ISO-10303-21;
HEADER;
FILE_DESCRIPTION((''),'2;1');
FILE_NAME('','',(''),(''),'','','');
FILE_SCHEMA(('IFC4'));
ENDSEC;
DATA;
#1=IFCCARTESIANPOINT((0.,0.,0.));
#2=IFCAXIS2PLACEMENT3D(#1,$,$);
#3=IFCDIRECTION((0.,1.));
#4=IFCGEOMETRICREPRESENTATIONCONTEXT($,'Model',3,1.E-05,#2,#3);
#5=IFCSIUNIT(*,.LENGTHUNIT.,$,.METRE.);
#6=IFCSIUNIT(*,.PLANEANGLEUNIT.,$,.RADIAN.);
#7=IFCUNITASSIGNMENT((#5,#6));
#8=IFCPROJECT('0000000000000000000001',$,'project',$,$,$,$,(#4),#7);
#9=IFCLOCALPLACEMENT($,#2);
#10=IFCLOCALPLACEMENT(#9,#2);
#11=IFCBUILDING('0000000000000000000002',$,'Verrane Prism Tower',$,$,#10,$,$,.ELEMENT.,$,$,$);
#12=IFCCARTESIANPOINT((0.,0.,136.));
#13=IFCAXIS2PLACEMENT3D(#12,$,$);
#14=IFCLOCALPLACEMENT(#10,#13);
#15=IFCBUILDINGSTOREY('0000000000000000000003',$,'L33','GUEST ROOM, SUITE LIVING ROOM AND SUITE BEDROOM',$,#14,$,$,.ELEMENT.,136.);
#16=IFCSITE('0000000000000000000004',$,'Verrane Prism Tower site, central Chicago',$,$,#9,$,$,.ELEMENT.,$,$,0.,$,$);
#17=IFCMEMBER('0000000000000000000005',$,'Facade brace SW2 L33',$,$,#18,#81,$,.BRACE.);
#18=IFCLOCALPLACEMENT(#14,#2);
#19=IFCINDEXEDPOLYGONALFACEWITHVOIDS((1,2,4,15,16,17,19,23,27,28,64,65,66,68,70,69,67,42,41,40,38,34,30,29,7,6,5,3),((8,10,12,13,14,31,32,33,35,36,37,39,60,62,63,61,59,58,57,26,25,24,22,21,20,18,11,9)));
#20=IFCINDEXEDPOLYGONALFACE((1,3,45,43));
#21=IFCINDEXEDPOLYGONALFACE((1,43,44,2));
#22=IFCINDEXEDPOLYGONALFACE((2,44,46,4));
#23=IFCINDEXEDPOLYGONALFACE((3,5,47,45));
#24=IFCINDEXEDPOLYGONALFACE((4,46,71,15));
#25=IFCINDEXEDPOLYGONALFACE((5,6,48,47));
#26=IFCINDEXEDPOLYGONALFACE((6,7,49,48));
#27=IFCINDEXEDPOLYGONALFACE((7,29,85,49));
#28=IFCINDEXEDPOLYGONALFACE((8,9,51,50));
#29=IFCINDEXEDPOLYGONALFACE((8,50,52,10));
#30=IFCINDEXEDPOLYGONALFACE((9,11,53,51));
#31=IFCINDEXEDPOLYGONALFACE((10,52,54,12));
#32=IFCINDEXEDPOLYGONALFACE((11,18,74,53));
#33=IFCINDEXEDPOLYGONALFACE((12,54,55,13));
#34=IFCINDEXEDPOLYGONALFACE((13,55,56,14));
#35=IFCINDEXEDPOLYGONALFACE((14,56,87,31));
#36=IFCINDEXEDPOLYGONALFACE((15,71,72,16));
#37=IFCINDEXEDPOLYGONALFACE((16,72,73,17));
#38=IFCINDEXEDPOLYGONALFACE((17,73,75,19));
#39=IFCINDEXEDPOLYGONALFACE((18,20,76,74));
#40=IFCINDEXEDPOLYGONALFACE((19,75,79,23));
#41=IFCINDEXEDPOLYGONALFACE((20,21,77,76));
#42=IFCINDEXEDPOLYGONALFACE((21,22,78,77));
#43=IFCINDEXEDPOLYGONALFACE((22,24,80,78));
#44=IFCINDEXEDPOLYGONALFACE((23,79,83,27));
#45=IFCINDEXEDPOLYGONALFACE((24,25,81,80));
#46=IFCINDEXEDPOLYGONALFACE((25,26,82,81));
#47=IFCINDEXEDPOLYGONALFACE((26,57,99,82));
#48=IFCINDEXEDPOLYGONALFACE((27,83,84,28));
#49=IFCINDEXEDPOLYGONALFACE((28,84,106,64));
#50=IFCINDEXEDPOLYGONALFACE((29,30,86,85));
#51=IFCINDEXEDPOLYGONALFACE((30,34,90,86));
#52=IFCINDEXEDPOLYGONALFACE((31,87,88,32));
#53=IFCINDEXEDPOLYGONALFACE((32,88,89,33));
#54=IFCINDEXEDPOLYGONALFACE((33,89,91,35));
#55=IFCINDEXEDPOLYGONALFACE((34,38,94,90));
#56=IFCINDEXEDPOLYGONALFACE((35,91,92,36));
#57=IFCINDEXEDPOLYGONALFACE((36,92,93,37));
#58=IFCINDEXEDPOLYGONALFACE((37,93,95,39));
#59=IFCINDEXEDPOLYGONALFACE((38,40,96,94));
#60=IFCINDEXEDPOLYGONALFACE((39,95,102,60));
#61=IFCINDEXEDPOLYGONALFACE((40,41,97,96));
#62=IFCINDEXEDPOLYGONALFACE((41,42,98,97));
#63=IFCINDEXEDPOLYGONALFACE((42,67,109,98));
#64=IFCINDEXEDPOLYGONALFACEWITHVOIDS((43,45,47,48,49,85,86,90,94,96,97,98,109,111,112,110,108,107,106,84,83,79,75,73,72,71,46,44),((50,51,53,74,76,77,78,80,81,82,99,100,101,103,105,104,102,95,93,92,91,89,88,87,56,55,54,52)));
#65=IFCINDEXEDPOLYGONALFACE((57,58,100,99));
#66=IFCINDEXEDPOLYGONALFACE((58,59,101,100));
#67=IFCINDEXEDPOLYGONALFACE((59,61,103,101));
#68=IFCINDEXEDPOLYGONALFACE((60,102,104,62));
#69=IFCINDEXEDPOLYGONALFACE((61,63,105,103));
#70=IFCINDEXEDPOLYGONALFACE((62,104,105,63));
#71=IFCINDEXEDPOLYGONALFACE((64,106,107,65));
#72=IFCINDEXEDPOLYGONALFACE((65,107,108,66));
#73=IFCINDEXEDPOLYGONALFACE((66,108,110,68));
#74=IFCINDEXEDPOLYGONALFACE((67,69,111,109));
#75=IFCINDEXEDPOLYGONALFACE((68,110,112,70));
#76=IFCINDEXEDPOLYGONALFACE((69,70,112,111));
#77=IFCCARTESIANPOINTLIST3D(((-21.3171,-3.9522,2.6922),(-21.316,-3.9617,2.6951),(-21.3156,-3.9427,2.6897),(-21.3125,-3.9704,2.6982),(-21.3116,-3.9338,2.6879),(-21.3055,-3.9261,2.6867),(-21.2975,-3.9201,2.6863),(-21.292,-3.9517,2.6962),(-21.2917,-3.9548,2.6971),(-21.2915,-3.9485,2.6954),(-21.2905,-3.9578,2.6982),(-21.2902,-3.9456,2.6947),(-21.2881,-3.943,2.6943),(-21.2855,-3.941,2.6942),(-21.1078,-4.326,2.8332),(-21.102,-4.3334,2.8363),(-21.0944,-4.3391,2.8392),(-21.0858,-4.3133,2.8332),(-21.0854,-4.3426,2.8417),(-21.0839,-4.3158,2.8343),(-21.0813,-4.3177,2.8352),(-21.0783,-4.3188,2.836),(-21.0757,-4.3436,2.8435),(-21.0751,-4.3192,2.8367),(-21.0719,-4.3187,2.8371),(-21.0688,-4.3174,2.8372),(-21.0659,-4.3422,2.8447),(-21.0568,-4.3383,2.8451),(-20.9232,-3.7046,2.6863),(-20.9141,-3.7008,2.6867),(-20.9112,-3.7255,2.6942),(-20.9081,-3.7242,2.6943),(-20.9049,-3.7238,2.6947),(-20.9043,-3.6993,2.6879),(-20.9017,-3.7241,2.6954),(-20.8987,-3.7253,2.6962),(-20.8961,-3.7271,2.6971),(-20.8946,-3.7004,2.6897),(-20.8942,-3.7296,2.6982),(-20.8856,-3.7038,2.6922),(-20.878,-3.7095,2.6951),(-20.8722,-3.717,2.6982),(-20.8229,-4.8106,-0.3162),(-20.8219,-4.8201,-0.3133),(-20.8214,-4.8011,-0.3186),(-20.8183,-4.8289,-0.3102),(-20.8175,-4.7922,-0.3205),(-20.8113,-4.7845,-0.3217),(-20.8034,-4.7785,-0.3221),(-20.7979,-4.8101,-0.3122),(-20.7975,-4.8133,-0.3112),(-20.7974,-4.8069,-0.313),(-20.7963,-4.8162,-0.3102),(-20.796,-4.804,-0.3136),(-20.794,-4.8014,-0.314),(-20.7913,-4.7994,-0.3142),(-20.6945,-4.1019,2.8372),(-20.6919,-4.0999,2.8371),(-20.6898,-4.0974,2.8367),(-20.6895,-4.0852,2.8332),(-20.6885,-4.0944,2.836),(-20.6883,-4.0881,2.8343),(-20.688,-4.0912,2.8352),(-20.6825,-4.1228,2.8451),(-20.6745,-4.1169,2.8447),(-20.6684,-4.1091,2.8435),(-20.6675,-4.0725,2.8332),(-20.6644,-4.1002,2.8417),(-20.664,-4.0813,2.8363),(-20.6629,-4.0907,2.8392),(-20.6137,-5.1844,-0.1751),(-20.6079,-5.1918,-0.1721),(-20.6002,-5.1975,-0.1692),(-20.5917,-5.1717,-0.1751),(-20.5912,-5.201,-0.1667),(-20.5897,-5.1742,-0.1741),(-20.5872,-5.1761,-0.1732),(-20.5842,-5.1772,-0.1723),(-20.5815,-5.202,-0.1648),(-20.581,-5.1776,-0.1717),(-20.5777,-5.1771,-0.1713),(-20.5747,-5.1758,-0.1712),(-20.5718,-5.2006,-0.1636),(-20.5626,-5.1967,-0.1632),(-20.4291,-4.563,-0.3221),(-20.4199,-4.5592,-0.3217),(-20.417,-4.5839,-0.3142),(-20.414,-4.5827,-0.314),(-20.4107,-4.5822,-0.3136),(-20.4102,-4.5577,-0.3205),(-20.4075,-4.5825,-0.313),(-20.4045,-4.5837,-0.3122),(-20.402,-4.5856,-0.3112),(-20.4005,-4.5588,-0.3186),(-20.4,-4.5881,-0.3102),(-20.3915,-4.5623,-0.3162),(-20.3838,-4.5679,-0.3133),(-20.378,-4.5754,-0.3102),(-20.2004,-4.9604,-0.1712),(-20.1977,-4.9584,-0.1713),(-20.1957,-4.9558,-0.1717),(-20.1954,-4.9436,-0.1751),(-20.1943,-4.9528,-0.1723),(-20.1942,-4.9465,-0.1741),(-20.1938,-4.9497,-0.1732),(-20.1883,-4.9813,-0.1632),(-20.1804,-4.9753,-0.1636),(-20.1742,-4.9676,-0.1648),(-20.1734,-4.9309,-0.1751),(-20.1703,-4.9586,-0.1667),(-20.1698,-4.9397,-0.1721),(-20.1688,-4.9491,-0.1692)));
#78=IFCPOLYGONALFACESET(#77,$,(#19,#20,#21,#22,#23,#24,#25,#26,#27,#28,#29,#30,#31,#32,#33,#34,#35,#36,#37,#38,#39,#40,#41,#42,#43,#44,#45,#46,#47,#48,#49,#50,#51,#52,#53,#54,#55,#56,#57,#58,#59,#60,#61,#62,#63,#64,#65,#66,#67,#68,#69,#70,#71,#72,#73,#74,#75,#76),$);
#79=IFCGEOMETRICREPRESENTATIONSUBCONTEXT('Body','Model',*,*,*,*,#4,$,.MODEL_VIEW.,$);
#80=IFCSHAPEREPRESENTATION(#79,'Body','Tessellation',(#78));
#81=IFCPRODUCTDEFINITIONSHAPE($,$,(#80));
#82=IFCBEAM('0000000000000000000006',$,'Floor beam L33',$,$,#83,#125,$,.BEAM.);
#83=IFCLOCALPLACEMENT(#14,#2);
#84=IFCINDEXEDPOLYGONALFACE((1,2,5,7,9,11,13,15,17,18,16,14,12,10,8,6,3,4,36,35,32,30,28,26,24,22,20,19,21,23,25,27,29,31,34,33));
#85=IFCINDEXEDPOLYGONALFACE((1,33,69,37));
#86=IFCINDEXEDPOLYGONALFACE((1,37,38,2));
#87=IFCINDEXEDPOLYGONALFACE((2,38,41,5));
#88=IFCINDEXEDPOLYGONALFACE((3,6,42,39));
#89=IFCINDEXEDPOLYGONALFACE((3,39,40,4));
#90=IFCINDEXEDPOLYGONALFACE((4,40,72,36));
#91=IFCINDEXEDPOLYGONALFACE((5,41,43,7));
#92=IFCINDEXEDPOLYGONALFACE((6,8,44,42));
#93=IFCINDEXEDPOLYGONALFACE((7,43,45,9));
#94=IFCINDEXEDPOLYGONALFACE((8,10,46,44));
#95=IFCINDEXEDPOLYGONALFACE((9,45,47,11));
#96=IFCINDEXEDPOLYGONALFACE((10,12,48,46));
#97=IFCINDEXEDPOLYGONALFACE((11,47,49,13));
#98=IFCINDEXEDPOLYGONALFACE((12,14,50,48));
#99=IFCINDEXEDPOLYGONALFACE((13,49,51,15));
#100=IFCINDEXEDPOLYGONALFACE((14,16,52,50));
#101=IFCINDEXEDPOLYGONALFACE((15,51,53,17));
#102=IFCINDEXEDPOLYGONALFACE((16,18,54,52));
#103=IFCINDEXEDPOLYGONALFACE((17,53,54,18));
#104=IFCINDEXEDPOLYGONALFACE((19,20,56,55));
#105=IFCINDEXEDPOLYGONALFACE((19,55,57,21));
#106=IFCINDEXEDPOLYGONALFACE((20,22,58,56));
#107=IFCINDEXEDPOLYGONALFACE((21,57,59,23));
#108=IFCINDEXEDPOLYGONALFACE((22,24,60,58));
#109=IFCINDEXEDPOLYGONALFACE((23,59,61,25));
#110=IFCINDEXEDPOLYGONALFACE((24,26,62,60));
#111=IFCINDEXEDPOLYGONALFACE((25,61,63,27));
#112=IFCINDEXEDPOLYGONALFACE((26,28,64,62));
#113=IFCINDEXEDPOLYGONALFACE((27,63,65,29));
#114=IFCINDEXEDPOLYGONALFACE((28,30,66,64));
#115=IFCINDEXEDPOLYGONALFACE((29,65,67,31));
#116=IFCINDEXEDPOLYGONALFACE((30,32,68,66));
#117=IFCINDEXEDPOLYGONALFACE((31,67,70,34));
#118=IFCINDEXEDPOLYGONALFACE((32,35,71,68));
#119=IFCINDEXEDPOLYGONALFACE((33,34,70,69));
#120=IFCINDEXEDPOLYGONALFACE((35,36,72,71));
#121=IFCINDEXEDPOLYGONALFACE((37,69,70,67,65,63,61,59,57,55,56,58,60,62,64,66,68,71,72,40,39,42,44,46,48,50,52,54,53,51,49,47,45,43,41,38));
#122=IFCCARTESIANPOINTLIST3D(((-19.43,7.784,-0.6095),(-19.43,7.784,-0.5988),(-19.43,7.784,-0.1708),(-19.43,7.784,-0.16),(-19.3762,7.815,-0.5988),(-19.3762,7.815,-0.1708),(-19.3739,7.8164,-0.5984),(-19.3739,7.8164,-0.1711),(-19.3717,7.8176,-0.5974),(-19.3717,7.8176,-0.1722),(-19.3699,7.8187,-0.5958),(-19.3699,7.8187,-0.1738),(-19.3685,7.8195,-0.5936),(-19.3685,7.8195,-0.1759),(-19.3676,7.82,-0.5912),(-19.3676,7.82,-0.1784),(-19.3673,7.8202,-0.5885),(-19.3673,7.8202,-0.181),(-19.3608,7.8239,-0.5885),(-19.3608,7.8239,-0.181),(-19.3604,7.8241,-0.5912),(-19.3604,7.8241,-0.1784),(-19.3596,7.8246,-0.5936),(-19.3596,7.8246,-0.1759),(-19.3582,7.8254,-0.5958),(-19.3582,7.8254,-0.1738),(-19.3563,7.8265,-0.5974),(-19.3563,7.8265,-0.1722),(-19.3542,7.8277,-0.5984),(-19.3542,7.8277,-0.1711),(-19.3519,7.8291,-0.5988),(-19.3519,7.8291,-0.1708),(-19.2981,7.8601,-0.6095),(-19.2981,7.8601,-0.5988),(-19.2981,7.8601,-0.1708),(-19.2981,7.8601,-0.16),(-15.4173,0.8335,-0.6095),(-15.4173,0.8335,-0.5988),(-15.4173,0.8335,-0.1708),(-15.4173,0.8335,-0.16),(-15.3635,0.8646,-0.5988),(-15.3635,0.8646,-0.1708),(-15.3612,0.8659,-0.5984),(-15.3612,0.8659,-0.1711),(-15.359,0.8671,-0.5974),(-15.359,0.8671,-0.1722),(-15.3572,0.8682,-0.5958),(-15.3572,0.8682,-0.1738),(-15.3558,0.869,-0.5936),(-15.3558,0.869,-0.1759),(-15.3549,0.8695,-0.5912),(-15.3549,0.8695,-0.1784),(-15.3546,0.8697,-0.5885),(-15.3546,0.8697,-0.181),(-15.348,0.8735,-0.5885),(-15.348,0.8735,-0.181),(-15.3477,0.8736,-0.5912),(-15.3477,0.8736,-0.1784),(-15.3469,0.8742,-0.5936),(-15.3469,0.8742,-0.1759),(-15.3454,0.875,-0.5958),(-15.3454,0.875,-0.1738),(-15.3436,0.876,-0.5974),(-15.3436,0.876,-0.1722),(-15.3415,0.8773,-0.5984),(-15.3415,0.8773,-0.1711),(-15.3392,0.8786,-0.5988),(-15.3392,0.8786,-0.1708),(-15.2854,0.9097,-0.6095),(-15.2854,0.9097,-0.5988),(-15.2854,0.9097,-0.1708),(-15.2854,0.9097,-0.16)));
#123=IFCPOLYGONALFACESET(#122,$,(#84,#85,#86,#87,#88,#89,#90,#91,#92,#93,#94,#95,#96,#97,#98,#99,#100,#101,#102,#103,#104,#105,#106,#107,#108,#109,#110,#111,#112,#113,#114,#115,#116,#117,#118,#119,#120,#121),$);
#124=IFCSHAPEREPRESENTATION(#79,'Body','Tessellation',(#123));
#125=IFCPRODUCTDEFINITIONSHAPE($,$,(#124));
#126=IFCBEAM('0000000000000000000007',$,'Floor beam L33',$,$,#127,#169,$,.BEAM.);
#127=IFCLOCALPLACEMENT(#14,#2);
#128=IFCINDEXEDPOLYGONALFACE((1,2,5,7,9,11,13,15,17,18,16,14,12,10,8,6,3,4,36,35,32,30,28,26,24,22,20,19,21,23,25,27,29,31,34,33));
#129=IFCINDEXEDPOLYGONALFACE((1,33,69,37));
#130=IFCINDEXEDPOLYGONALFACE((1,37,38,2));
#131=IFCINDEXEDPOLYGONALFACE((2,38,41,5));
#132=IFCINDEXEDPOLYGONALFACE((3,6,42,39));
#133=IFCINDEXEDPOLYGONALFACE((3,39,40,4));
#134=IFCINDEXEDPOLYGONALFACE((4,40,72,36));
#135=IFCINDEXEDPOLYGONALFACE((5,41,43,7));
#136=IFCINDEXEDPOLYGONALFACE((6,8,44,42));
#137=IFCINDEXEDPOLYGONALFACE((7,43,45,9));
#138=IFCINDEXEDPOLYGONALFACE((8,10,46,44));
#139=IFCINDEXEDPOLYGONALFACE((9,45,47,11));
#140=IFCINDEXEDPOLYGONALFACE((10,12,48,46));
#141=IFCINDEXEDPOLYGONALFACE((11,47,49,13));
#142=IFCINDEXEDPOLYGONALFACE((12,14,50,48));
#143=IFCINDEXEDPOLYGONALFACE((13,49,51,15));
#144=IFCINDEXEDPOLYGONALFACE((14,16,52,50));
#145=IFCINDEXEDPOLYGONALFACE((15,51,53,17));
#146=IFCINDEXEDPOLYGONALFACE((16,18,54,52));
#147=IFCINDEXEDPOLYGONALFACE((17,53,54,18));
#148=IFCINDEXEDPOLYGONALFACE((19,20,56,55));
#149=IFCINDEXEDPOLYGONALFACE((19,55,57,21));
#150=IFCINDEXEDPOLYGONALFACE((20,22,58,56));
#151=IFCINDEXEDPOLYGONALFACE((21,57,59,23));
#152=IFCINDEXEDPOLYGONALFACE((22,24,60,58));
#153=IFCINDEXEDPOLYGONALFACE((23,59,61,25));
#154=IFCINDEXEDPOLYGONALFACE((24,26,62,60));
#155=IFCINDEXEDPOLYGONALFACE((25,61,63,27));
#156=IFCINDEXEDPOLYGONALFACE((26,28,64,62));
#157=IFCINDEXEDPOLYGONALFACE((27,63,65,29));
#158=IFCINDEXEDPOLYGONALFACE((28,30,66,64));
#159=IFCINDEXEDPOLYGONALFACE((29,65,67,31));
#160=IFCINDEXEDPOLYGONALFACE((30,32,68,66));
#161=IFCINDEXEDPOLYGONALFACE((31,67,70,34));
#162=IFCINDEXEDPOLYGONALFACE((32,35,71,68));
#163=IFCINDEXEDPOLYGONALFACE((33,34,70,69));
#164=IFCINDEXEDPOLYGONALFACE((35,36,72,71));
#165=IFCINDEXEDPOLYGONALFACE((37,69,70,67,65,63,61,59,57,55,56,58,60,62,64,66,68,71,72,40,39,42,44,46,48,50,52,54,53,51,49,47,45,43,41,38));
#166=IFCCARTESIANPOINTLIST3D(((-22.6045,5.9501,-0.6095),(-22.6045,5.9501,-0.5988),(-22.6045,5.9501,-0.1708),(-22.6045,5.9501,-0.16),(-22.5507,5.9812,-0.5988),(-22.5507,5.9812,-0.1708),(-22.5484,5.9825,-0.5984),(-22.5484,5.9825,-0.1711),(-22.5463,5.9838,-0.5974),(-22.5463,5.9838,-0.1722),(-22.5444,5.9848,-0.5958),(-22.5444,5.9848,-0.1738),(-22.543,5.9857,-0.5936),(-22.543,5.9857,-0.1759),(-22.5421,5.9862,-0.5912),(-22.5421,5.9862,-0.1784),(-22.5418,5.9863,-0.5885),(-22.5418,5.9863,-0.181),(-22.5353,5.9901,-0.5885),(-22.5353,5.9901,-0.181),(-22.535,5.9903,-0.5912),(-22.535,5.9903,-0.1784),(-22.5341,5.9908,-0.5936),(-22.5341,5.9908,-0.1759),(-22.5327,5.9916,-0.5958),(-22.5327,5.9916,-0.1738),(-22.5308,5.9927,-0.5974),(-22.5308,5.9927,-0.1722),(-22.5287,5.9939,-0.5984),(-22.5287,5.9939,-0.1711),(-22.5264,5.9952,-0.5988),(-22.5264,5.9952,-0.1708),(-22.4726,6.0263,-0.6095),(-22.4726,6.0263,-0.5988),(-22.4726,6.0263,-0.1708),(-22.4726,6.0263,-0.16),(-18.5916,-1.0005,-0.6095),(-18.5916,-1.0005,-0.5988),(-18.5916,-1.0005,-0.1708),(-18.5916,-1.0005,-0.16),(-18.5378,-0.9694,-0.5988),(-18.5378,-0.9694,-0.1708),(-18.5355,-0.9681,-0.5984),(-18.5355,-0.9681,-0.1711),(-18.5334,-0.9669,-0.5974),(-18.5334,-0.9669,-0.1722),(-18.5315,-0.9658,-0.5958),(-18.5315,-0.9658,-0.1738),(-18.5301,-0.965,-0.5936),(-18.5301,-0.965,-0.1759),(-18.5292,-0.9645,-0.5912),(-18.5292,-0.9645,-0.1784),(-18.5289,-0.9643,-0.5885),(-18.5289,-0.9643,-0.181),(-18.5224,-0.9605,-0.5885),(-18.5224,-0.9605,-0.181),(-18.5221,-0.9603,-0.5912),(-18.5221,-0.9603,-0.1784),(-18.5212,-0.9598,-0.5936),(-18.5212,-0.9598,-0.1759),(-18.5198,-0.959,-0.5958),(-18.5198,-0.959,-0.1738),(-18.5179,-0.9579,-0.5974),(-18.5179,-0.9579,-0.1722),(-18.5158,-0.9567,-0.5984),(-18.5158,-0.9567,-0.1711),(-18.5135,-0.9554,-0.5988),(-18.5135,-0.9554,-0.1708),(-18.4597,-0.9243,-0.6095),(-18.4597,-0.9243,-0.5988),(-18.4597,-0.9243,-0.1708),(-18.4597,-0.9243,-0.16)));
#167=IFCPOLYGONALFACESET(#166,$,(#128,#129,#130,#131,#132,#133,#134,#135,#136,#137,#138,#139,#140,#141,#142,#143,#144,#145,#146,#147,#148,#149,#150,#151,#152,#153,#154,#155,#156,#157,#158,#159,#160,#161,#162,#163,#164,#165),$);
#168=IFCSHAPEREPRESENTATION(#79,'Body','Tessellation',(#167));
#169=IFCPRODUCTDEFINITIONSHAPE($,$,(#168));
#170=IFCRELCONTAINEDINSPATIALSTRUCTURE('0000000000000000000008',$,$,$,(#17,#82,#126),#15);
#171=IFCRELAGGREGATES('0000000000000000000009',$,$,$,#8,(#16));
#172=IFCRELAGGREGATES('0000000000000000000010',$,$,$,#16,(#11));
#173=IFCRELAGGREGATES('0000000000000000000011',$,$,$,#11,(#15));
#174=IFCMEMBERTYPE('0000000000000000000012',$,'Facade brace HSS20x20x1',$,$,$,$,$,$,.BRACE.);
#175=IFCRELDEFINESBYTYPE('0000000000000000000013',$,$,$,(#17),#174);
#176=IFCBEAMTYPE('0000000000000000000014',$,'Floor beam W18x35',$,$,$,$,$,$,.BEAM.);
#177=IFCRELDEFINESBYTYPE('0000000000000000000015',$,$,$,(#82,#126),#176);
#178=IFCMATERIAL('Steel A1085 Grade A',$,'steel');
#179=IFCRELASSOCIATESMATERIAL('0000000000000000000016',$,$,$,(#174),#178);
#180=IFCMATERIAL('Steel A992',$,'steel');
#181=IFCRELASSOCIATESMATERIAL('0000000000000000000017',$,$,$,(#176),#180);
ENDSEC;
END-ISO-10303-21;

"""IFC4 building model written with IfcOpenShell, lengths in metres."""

from ifc_helpers import new_model, si_unit, direction, frame, origin, origin_2d, place, context, subcontext, project, spatial, hollow_rectangle, i_section, extrude, material, material_profile, profile_set, type_object, element, save


model = new_model("IFC4")

# Units and contexts
model_context = context("Model", 3, precision=1e-05, world=origin(), true_north=direction((0.0, 1.0)))
body_context = subcontext(model_context, "Body", "Model", "MODEL_VIEW")
ifc_project = project(units=[si_unit("LENGTHUNIT", "METRE"), si_unit("PLANEANGLEUNIT", "RADIAN")], contexts=[model_context])

# Site, building, storey
site_placement = place(None, origin())
site = spatial("IfcSite", under=ifc_project, at=site_placement, Name="Verrane Prism Tower site, central Chicago", CompositionType="ELEMENT", RefElevation=0.0)
building_placement = place(site_placement, origin())
building = spatial("IfcBuilding", under=site, at=building_placement, Name="Verrane Prism Tower", CompositionType="ELEMENT")
storey_placement = place(building_placement, frame((0.0, 0.0, 136.0)))
storey = spatial("IfcBuildingStorey", under=building, at=storey_placement, Name="L33", Description="GUEST ROOM, SUITE LIVING ROOM AND SUITE BEDROOM", CompositionType="ELEMENT", Elevation=136.0)

# Member
ifc_material_1 = material(Name="Steel A1085 Grade A", Category="steel")
ifc_material_profile_1 = material_profile(ifc_material_1, hollow_rectangle(XDim=0.5081, YDim=0.5081, WallThickness=0.0254, InnerFilletRadius=0.0127, OuterFilletRadius=0.0381, at=origin_2d()), Name="HSS20x20x1")
ifc_profile_set_1 = profile_set([ifc_material_profile_1], Name="Steel A1085 Grade A")
member_type_1 = type_object("IfcMemberType", Name="Facade brace HSS20x20x1", PredefinedType="BRACE", material=ifc_profile_set_1)
member_1_placement = place(storey_placement, frame((-20.4958, -4.8799, -0.2427), z_axis=(-0.15602, 0.271031, 0.949842), x_axis=(-0.866661, -0.498897, 0.0)))
element("IfcMember", 1, at=member_1_placement, inside=storey, type_object=member_type_1, Name="Facade brace SW2 L33", PredefinedType="BRACE", context=body_context, shape_type="SweptSolid", body=[
    extrude(hollow_rectangle(XDim=0.5081, YDim=0.5081, WallThickness=0.0254, InnerFilletRadius=0.0127, OuterFilletRadius=0.0381, at=origin_2d()), origin(), (0.0, 0.0, 1.0), 3.1672),
])

# Beams
ifc_material_2 = material(Name="Steel A992", Category="steel")
ifc_material_profile_2 = material_profile(ifc_material_2, i_section(OverallWidth=0.1523, OverallDepth=0.4495, WebThickness=0.0076, FlangeThickness=0.0107, FilletRadius=0.0103, at=origin_2d()), Name="W18x35")
ifc_profile_set_2 = profile_set([ifc_material_profile_2], Name="Steel A992")
beam_type_1 = type_object("IfcBeamType", Name="Floor beam W18x35", PredefinedType="BEAM", material=ifc_profile_set_2)
beam_1_placement = place(storey_placement, frame((-15.3513, 0.8716, -0.3848), z_axis=(-0.499987, 0.866033, 0.0), x_axis=(-0.866033, -0.499987, 0.0)))
element("IfcBeam", 2, at=beam_1_placement, inside=storey, type_object=beam_type_1, Name="Floor beam L33", PredefinedType="BEAM", context=body_context, shape_type="SweptSolid", body=[
    extrude(i_section(OverallWidth=0.1523, OverallDepth=0.4495, WebThickness=0.0076, FlangeThickness=0.0107, FilletRadius=0.0103, at=origin_2d()), origin(), (0.0, 0.0, 1.0), 8.0256),
])
beam_2_placement = place(storey_placement, frame((-18.5256, -0.9624, -0.3848), z_axis=(-0.499996, 0.866028, 0.0), x_axis=(-0.866028, -0.499996, 0.0)))
element("IfcBeam", 3, at=beam_2_placement, inside=storey, type_object=beam_type_1, Name="Floor beam L33", PredefinedType="BEAM", context=body_context, shape_type="SweptSolid", body=[
    extrude(i_section(OverallWidth=0.1523, OverallDepth=0.4495, WebThickness=0.0076, FlangeThickness=0.0107, FilletRadius=0.0103, at=origin_2d()), origin(), (0.0, 0.0, 1.0), 8.0259),
])

save(model, "model.ifc")
